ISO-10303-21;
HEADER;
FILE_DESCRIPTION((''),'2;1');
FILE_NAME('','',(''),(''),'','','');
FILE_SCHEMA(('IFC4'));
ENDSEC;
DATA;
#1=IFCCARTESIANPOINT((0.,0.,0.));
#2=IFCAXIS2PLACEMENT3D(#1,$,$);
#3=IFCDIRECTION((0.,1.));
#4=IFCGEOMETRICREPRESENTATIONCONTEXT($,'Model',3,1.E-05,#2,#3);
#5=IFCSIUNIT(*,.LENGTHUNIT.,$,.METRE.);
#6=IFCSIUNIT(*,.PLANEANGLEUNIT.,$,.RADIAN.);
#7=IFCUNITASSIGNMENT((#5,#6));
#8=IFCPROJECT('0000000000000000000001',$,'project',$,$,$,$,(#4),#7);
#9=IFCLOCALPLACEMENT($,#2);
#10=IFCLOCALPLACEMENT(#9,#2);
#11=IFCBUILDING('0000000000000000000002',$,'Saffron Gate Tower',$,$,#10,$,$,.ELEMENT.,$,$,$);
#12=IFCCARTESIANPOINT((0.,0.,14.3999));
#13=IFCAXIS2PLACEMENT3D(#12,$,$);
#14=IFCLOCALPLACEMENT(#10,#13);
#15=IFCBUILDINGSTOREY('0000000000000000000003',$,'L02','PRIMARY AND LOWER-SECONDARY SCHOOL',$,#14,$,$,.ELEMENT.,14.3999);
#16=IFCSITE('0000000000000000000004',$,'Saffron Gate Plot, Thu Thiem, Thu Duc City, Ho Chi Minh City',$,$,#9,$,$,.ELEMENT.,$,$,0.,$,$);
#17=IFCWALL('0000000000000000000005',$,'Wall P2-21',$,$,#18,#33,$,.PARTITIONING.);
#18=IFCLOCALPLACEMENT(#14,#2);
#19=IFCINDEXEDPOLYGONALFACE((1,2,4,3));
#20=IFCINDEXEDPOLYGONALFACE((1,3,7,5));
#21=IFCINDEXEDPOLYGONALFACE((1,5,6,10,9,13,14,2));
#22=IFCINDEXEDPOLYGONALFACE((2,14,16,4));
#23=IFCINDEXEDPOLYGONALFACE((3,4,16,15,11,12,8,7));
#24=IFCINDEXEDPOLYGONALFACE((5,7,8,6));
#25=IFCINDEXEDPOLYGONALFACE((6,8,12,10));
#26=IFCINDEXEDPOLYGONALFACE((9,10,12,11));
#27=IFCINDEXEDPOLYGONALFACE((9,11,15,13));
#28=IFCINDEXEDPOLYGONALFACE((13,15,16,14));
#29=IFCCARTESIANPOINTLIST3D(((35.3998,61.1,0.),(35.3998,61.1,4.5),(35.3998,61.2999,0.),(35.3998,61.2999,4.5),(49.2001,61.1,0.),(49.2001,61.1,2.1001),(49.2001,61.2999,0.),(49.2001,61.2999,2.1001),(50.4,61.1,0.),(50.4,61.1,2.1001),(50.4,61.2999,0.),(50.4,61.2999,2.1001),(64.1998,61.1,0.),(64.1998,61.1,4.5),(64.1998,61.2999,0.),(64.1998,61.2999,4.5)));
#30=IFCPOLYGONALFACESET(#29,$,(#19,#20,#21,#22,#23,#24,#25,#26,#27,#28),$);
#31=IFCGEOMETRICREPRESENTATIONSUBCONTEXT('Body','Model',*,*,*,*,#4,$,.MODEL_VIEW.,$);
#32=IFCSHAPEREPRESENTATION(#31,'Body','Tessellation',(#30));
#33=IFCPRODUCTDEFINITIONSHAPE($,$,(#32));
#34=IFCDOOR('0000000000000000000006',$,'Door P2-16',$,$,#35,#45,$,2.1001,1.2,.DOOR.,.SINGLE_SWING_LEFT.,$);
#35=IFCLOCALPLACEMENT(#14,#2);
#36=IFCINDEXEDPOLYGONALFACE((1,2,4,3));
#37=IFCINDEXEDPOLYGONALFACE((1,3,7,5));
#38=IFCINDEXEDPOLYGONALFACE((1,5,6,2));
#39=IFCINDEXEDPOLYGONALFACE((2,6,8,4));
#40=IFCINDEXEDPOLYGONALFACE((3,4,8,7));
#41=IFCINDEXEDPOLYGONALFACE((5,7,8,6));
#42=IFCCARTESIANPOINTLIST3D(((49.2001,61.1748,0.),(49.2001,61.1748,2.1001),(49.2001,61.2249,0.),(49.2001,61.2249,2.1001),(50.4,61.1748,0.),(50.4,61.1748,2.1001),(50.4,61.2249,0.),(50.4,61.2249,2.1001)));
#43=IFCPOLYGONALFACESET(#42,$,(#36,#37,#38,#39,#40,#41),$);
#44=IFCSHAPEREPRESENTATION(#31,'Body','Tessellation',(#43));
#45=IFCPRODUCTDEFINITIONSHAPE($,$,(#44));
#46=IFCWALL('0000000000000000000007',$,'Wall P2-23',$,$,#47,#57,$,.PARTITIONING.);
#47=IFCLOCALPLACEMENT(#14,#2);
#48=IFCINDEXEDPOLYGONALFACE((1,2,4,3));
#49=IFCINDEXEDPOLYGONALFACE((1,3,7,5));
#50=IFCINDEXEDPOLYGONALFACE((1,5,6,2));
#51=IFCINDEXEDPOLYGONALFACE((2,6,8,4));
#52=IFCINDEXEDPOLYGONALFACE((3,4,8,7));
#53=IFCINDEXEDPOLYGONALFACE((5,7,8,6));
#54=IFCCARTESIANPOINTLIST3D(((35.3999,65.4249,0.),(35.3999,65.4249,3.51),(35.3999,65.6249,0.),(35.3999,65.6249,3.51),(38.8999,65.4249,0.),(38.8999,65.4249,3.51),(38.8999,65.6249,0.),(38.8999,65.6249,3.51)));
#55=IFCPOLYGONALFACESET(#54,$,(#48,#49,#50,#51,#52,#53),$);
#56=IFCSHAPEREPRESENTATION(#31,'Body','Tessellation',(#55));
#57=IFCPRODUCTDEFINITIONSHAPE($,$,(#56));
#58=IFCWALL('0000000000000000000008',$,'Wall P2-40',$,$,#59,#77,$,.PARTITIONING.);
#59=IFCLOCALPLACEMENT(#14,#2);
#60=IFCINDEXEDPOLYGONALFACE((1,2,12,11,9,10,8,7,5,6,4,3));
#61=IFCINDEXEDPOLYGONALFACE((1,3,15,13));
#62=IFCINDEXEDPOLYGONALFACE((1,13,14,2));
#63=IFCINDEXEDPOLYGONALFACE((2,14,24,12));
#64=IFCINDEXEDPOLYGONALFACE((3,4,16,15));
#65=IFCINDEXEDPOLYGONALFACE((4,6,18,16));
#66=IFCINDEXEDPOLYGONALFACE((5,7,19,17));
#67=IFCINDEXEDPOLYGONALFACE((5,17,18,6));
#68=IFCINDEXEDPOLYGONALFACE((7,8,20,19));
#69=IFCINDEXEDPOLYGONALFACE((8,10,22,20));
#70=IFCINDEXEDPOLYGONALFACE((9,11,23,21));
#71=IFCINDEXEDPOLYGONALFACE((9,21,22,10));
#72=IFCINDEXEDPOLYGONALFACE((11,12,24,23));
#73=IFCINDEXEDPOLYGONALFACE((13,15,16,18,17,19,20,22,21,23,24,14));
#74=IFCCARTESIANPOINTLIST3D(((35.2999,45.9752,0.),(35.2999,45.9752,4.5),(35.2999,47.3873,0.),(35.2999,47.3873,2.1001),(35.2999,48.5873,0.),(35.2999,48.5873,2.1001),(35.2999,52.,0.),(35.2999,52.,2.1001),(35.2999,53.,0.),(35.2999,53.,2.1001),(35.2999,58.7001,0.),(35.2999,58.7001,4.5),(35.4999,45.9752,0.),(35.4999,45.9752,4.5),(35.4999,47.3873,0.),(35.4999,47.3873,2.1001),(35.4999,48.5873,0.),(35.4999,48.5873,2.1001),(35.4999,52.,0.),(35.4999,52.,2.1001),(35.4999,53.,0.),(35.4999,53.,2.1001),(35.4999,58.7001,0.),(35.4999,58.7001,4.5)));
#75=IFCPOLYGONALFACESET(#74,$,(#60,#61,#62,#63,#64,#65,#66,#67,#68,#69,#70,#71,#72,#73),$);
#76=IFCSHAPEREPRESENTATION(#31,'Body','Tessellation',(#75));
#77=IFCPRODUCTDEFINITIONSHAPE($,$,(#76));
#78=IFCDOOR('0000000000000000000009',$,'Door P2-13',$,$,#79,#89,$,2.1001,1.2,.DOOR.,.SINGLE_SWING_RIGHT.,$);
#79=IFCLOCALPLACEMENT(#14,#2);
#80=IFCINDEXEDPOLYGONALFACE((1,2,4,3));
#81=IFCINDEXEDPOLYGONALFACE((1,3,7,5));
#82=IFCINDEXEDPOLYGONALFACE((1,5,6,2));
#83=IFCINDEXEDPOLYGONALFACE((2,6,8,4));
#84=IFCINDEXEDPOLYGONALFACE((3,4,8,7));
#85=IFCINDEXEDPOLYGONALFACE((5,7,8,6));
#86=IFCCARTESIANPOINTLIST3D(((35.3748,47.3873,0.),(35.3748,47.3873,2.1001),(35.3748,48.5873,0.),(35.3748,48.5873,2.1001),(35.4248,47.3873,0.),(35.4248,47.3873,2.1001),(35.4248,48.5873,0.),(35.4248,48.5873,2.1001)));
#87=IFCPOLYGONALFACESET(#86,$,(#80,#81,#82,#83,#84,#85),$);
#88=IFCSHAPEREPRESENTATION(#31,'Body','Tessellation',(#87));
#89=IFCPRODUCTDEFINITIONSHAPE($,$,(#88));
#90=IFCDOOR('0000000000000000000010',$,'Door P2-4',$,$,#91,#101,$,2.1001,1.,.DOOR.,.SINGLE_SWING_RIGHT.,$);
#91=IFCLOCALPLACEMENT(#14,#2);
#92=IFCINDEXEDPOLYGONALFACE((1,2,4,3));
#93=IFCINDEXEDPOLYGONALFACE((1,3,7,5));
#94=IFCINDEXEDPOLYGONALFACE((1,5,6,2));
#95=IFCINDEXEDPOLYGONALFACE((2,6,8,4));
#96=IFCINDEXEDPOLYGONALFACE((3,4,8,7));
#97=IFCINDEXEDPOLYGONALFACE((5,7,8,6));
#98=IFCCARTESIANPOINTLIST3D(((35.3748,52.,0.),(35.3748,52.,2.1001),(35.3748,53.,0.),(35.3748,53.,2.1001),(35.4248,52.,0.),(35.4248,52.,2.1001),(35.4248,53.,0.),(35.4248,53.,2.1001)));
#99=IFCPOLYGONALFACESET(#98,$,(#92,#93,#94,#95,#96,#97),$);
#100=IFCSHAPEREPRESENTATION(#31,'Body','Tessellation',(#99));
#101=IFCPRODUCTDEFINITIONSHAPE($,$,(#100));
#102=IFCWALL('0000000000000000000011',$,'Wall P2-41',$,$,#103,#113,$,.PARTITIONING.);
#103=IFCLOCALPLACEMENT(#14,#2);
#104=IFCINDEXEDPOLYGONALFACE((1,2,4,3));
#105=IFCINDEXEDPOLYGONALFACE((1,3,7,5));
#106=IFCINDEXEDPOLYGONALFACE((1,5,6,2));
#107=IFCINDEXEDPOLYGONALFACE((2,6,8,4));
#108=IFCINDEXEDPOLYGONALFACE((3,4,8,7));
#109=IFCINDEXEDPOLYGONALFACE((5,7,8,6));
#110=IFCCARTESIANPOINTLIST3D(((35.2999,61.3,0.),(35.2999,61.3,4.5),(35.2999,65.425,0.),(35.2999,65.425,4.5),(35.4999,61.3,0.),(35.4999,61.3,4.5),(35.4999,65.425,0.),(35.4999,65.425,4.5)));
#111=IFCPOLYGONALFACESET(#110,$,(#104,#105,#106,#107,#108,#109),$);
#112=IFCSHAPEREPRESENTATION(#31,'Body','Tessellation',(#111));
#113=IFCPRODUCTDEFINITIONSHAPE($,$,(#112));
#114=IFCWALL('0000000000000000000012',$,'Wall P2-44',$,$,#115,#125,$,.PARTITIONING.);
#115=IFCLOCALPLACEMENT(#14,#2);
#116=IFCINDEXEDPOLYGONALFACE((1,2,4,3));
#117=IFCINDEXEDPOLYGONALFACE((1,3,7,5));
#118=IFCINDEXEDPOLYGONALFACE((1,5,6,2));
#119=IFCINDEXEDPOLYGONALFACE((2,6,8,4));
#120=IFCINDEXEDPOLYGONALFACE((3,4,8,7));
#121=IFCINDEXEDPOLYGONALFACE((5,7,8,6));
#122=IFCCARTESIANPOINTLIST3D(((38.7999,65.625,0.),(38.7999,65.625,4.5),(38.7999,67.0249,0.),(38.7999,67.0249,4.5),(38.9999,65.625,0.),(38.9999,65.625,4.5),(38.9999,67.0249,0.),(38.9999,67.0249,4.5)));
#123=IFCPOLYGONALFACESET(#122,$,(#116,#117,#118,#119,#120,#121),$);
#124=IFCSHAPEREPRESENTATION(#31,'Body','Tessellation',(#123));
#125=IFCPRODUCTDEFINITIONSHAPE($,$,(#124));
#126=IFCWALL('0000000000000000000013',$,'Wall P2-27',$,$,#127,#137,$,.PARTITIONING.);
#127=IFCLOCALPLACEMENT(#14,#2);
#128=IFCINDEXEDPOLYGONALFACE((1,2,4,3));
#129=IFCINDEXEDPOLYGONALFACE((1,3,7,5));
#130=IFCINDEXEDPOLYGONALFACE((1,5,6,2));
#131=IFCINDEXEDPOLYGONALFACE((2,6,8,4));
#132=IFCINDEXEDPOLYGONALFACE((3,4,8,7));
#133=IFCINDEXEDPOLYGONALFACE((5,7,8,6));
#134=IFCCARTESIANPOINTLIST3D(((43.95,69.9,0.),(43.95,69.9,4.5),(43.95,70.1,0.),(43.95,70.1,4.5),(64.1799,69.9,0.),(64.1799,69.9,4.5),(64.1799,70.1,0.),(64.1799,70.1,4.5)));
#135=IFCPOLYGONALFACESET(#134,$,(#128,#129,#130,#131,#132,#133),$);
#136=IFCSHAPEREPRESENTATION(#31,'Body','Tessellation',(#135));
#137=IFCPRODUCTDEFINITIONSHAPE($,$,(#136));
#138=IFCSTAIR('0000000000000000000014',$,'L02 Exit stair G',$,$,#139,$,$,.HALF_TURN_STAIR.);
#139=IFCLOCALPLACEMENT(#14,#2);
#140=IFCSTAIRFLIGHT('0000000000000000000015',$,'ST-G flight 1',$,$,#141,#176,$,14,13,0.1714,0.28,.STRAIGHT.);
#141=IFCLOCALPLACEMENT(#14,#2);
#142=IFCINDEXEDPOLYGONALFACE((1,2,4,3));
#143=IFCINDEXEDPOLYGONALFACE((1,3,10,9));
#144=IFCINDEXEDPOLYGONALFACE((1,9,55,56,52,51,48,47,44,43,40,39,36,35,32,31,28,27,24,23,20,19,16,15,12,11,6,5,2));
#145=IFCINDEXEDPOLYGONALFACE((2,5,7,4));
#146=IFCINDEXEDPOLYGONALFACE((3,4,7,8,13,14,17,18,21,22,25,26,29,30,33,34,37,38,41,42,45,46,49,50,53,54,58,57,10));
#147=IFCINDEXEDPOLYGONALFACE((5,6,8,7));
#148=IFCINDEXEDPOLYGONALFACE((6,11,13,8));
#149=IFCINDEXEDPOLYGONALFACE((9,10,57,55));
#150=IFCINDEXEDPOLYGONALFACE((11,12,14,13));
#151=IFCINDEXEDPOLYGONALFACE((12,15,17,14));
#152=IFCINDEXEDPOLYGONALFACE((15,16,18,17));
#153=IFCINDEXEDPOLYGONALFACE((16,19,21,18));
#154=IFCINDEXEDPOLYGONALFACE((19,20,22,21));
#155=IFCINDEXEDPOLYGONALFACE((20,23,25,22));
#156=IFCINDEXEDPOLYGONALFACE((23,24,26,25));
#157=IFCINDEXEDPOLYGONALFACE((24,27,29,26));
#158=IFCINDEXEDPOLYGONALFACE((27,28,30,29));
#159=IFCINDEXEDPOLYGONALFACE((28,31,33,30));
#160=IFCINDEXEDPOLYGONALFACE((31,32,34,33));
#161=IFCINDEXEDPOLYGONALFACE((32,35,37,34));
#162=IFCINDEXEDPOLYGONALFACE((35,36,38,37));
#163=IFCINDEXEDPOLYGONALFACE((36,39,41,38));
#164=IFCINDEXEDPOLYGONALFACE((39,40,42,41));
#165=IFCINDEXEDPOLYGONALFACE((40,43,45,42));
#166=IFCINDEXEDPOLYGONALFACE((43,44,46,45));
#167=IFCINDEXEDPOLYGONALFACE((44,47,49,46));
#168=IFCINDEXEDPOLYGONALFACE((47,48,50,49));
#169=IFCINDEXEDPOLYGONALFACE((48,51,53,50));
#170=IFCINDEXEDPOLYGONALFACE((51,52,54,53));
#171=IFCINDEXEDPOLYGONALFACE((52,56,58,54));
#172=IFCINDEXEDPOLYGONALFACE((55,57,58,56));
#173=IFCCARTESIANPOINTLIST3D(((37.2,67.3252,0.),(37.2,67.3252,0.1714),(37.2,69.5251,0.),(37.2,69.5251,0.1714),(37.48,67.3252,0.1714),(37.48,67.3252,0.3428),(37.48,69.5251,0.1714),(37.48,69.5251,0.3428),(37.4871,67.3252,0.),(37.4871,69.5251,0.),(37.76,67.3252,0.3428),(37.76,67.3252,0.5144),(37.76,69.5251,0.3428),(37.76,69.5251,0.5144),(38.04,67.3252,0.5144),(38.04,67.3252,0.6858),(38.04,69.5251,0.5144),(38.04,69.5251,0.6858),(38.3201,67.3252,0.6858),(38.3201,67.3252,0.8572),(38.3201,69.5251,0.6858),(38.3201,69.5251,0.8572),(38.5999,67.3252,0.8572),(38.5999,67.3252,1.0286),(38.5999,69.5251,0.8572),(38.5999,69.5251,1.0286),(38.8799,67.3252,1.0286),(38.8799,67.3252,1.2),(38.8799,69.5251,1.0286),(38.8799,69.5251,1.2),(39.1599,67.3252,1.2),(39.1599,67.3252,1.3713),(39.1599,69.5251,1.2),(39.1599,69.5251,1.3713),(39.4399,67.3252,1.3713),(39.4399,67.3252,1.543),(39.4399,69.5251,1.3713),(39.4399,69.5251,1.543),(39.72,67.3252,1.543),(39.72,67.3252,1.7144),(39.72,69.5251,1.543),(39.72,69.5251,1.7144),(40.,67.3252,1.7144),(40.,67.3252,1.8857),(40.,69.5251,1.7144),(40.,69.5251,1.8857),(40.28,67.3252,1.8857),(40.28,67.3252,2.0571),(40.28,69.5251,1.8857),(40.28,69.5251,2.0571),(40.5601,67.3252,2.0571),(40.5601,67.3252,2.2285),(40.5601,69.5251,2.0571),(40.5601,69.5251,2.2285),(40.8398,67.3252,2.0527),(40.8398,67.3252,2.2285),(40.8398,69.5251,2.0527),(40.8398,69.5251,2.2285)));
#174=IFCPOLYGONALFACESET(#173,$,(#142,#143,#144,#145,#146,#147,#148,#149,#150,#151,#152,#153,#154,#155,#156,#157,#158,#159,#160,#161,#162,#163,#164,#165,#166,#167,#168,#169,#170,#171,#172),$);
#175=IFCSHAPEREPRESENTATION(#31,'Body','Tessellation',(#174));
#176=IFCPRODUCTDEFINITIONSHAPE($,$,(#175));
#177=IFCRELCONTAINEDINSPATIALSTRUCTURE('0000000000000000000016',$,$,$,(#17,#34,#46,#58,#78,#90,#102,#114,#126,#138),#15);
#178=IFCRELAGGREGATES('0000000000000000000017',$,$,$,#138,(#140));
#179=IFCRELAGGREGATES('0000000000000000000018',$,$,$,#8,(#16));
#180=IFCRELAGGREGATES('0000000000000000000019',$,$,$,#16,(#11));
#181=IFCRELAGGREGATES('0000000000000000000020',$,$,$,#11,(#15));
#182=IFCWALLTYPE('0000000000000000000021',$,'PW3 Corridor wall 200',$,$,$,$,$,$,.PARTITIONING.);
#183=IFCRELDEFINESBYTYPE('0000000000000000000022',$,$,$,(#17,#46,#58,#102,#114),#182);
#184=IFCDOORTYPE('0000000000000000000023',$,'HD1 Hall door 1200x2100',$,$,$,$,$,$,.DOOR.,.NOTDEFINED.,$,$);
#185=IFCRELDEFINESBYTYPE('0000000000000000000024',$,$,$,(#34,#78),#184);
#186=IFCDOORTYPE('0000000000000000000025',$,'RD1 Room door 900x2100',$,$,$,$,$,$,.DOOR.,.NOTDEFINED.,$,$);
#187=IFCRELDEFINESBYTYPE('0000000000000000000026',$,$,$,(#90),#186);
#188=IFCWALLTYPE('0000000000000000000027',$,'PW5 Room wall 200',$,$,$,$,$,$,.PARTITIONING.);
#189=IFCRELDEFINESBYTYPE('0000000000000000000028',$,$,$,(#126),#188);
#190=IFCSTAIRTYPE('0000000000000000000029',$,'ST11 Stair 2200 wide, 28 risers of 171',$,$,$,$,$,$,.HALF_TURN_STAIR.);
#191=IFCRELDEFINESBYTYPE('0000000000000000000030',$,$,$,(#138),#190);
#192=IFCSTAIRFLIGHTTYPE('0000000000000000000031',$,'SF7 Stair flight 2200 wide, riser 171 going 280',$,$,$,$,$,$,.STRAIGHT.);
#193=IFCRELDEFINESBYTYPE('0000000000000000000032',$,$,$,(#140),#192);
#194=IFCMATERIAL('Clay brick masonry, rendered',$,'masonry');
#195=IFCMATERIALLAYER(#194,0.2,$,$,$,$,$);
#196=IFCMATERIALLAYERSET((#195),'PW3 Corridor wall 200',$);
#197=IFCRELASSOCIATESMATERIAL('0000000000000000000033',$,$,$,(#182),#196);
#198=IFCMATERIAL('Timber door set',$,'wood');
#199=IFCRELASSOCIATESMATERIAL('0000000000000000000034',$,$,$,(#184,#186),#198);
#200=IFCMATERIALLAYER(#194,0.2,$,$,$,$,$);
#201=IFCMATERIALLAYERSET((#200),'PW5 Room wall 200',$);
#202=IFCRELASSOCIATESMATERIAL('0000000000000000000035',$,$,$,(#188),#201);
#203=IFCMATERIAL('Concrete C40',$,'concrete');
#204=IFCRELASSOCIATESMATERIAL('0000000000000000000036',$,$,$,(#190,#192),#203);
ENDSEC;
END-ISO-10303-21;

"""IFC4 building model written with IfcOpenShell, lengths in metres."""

from ifc_helpers import new_model, si_unit, direction, frame, frame_2d, origin, place, context, subcontext, project, spatial, polyline, rectangle, outline, extrude, material, layer, layer_set, type_object, element, fill, aggregate, save


model = new_model("IFC4")

# Units and contexts
model_context = context("Model", 3, precision=1e-05, world=origin(), true_north=direction((0.0, 1.0)))
body_context = subcontext(model_context, "Body", "Model", "MODEL_VIEW")
ifc_project = project(units=[si_unit("LENGTHUNIT", "METRE"), si_unit("PLANEANGLEUNIT", "RADIAN")], contexts=[model_context])

# Site, building, storey
site_placement = place(None, origin())
site = spatial("IfcSite", under=ifc_project, at=site_placement, Name="Saffron Gate Plot, Thu Thiem, Thu Duc City, Ho Chi Minh City", CompositionType="ELEMENT", RefElevation=0.0)
building_placement = place(site_placement, origin())
building = spatial("IfcBuilding", under=site, at=building_placement, Name="Saffron Gate Tower", CompositionType="ELEMENT")
storey_placement = place(building_placement, frame((0.0, 0.0, 14.3999)))
storey = spatial("IfcBuildingStorey", under=building, at=storey_placement, Name="L02", Description="PRIMARY AND LOWER-SECONDARY SCHOOL", CompositionType="ELEMENT", Elevation=14.3999)

# Wall, opening, door
ifc_material_1 = material(Name="Clay brick masonry, rendered", Category="masonry")
ifc_layer_1 = layer(ifc_material_1, 0.2)
ifc_layer_set_1 = layer_set([ifc_layer_1], Name="PW3 Corridor wall 200")
wall_type_1 = type_object("IfcWallType", Name="PW3 Corridor wall 200", PredefinedType="PARTITIONING", material=ifc_layer_set_1)
wall_1_placement = place(storey_placement, frame((35.3999, 61.2, 0.0), z_axis=(0.0, 0.0, 1.0), x_axis=(1.0, 0.0, 0.0)))
wall_1 = element("IfcWall", 1, at=wall_1_placement, inside=storey, type_object=wall_type_1, Name="Wall P2-21", PredefinedType="PARTITIONING", context=body_context, shape_type="SweptSolid", body=[
    extrude(rectangle(XDim=28.8, YDim=0.2, at=frame_2d((14.3999, 0.0))), origin(), (0.0, 0.0, 1.0), 4.5),
])
opening_1_placement = place(wall_1_placement, frame((13.8, 0.0, 0.0)))
opening_1 = element("IfcOpeningElement", 2, at=opening_1_placement, cuts=wall_1, PredefinedType="OPENING", context=body_context, shape_type="SweptSolid", body=[
    extrude(rectangle(XDim=1.2, YDim=2.1001, at=frame_2d((0.6001, 1.05))), frame((0.0, 0.1099, 0.0), z_axis=(0.0, -1.0, 0.0), x_axis=(1.0, 0.0, 0.0)), (0.0, 0.0, 1.0), 0.22),
])
ifc_material_2 = material(Name="Timber door set", Category="wood")
door_type_1 = type_object("IfcDoorType", Name="HD1 Hall door 1200x2100", OperationType="NOTDEFINED", PredefinedType="DOOR", material=ifc_material_2)
door_1_placement = place(opening_1_placement, origin())
door_1 = element("IfcDoor", 3, at=door_1_placement, inside=storey, type_object=door_type_1, Name="Door P2-16", OperationType="SINGLE_SWING_LEFT", OverallHeight=2.1001, OverallWidth=1.2, PredefinedType="DOOR", context=body_context, shape_type="SweptSolid", body=[
    extrude(rectangle(XDim=1.2, YDim=2.1001, at=frame_2d((0.6001, 1.05))), frame((0.0, 0.0249, 0.0), z_axis=(0.0, -1.0, 0.0), x_axis=(1.0, 0.0, 0.0)), (0.0, 0.0, 1.0), 0.05),
])
fill(opening_1, door_1)

# Wall
wall_2_placement = place(storey_placement, frame((35.3999, 65.5249, 0.0), z_axis=(0.0, 0.0, 1.0), x_axis=(1.0, 0.0, 0.0)))
element("IfcWall", 4, at=wall_2_placement, inside=storey, type_object=wall_type_1, Name="Wall P2-23", PredefinedType="PARTITIONING", context=body_context, shape_type="SweptSolid", body=[
    extrude(rectangle(XDim=3.5, YDim=0.2, at=frame_2d((1.75, 0.0))), origin(), (0.0, 0.0, 1.0), 3.51),
])

# Wall, openings, doors
wall_3_placement = place(storey_placement, frame((35.3999, 58.7, 0.0), z_axis=(0.0, 0.0, 1.0), x_axis=(0.0, -1.0, 0.0)))
wall_3 = element("IfcWall", 5, at=wall_3_placement, inside=storey, type_object=wall_type_1, Name="Wall P2-40", PredefinedType="PARTITIONING", context=body_context, shape_type="SweptSolid", body=[
    extrude(rectangle(XDim=12.7249, YDim=0.2, at=frame_2d((6.3623, 0.0))), origin(), (0.0, 0.0, 1.0), 4.5),
])
opening_2_placement = place(wall_3_placement, frame((5.7, 0.0, 0.0)))
opening_2 = element("IfcOpeningElement", 6, at=opening_2_placement, cuts=wall_3, PredefinedType="OPENING", context=body_context, shape_type="SweptSolid", body=[
    extrude(rectangle(XDim=1.0, YDim=2.1001, at=frame_2d((0.5, 1.05))), frame((0.0, 0.1099, 0.0), z_axis=(0.0, -1.0, 0.0), x_axis=(1.0, 0.0, 0.0)), (0.0, 0.0, 1.0), 0.22),
])
opening_3_placement = place(wall_3_placement, frame((10.1125, 0.0, 0.0)))
opening_3 = element("IfcOpeningElement", 7, at=opening_3_placement, cuts=wall_3, PredefinedType="OPENING", context=body_context, shape_type="SweptSolid", body=[
    extrude(rectangle(XDim=1.2, YDim=2.1001, at=frame_2d((0.6001, 1.05))), frame((0.0, 0.1099, 0.0), z_axis=(0.0, -1.0, 0.0), x_axis=(1.0, 0.0, 0.0)), (0.0, 0.0, 1.0), 0.22),
])
door_2_placement = place(opening_3_placement, origin())
door_2 = element("IfcDoor", 8, at=door_2_placement, inside=storey, type_object=door_type_1, Name="Door P2-13", OperationType="SINGLE_SWING_RIGHT", OverallHeight=2.1001, OverallWidth=1.2, PredefinedType="DOOR", context=body_context, shape_type="SweptSolid", body=[
    extrude(rectangle(XDim=1.2, YDim=2.1001, at=frame_2d((0.6001, 1.05))), frame((0.0, 0.0249, 0.0), z_axis=(0.0, -1.0, 0.0), x_axis=(1.0, 0.0, 0.0)), (0.0, 0.0, 1.0), 0.05),
])
fill(opening_3, door_2)
door_type_2 = type_object("IfcDoorType", Name="RD1 Room door 900x2100", OperationType="NOTDEFINED", PredefinedType="DOOR", material=ifc_material_2)
door_3_placement = place(opening_2_placement, origin())
door_3 = element("IfcDoor", 9, at=door_3_placement, inside=storey, type_object=door_type_2, Name="Door P2-4", OperationType="SINGLE_SWING_RIGHT", OverallHeight=2.1001, OverallWidth=1.0, PredefinedType="DOOR", context=body_context, shape_type="SweptSolid", body=[
    extrude(rectangle(XDim=1.0, YDim=2.1001, at=frame_2d((0.5, 1.05))), frame((0.0, 0.0249, 0.0), z_axis=(0.0, -1.0, 0.0), x_axis=(1.0, 0.0, 0.0)), (0.0, 0.0, 1.0), 0.05),
])
fill(opening_2, door_3)

# Walls
wall_4_placement = place(storey_placement, frame((35.3999, 65.425, 0.0), z_axis=(0.0, 0.0, 1.0), x_axis=(0.0, -1.0, 0.0)))
element("IfcWall", 10, at=wall_4_placement, inside=storey, type_object=wall_type_1, Name="Wall P2-41", PredefinedType="PARTITIONING", context=body_context, shape_type="SweptSolid", body=[
    extrude(rectangle(XDim=4.125, YDim=0.2, at=frame_2d((2.0625, 0.0))), origin(), (0.0, 0.0, 1.0), 4.5),
])
wall_5_placement = place(storey_placement, frame((38.8999, 67.0249, 0.0), z_axis=(0.0, 0.0, 1.0), x_axis=(0.0, -1.0, 0.0)))
element("IfcWall", 11, at=wall_5_placement, inside=storey, type_object=wall_type_1, Name="Wall P2-44", PredefinedType="PARTITIONING", context=body_context, shape_type="SweptSolid", body=[
    extrude(rectangle(XDim=1.3999, YDim=0.2, at=frame_2d((0.7, 0.0))), origin(), (0.0, 0.0, 1.0), 4.5),
])
ifc_layer_2 = layer(ifc_material_1, 0.2)
ifc_layer_set_2 = layer_set([ifc_layer_2], Name="PW5 Room wall 200")
wall_type_2 = type_object("IfcWallType", Name="PW5 Room wall 200", PredefinedType="PARTITIONING", material=ifc_layer_set_2)
wall_6_placement = place(storey_placement, frame((43.95, 70.0, 0.0), z_axis=(0.0, 0.0, 1.0), x_axis=(1.0, 0.0, 0.0)))
element("IfcWall", 12, at=wall_6_placement, inside=storey, type_object=wall_type_2, Name="Wall P2-27", PredefinedType="PARTITIONING", context=body_context, shape_type="SweptSolid", body=[
    extrude(rectangle(XDim=20.23, YDim=0.2, at=frame_2d((10.115, 0.0))), origin(), (0.0, 0.0, 1.0), 4.5),
])

# Stair, stair flight
ifc_material_3 = material(Name="Concrete C40", Category="concrete")
stair_type = type_object("IfcStairType", Name="ST11 Stair 2200 wide, 28 risers of 171", PredefinedType="HALF_TURN_STAIR", material=ifc_material_3)
stair_placement = place(storey_placement, origin())
stair = element("IfcStair", 13, at=stair_placement, inside=storey, type_object=stair_type, Name="L02 Exit stair G", PredefinedType="HALF_TURN_STAIR")
stair_flight_type = type_object("IfcStairFlightType", Name="SF7 Stair flight 2200 wide, riser 171 going 280", PredefinedType="STRAIGHT", material=ifc_material_3)
stair_flight_1_placement = place(storey_placement, frame((37.2, 68.425, 0.0), z_axis=(0.0, 0.0, 1.0), x_axis=(1.0, 0.0, 0.0)))
stair_flight_1 = element("IfcStairFlight", 14, at=stair_flight_1_placement, type_object=stair_flight_type, Name="ST-G flight 1", NumberOfRisers=14, NumberOfTreads=13, PredefinedType="STRAIGHT", RiserHeight=0.1714, TreadLength=0.28, context=body_context, shape_type="SweptSolid", body=[
    extrude(outline(polyline([(0.0, 0.0), (0.0, 0.1714), (0.28, 0.1714), (0.28, 0.3428), (0.5601, 0.3428), (0.5601, 0.5144), (0.8401, 0.5144), (0.8401, 0.6858), (1.1201, 0.6858), (1.1201, 0.8572), (1.3999, 0.8572), (1.3999, 1.0286), (1.6799, 1.0286), (1.6799, 1.2), (1.96, 1.2), (1.96, 1.3713), (2.24, 1.3713), (2.24, 1.543), (2.52, 1.543), (2.52, 1.7144), (2.8, 1.7144), (2.8, 1.8857), (3.0801, 1.8857), (3.0801, 2.0571), (3.3601, 2.0571), (3.3601, 2.2285), (3.6399, 2.2285), (3.6399, 2.3999), (3.6399, 2.0527), (0.2871, 0.0), (0.0, 0.0)])), frame((0.0, 1.1001, 0.0), z_axis=(0.0, -1.0, 0.0), x_axis=(1.0, 0.0, 0.0)), (0.0, 0.0, 1.0), 2.2),
])
aggregate(stair, [stair_flight_1])

save(model, "model.ifc")
